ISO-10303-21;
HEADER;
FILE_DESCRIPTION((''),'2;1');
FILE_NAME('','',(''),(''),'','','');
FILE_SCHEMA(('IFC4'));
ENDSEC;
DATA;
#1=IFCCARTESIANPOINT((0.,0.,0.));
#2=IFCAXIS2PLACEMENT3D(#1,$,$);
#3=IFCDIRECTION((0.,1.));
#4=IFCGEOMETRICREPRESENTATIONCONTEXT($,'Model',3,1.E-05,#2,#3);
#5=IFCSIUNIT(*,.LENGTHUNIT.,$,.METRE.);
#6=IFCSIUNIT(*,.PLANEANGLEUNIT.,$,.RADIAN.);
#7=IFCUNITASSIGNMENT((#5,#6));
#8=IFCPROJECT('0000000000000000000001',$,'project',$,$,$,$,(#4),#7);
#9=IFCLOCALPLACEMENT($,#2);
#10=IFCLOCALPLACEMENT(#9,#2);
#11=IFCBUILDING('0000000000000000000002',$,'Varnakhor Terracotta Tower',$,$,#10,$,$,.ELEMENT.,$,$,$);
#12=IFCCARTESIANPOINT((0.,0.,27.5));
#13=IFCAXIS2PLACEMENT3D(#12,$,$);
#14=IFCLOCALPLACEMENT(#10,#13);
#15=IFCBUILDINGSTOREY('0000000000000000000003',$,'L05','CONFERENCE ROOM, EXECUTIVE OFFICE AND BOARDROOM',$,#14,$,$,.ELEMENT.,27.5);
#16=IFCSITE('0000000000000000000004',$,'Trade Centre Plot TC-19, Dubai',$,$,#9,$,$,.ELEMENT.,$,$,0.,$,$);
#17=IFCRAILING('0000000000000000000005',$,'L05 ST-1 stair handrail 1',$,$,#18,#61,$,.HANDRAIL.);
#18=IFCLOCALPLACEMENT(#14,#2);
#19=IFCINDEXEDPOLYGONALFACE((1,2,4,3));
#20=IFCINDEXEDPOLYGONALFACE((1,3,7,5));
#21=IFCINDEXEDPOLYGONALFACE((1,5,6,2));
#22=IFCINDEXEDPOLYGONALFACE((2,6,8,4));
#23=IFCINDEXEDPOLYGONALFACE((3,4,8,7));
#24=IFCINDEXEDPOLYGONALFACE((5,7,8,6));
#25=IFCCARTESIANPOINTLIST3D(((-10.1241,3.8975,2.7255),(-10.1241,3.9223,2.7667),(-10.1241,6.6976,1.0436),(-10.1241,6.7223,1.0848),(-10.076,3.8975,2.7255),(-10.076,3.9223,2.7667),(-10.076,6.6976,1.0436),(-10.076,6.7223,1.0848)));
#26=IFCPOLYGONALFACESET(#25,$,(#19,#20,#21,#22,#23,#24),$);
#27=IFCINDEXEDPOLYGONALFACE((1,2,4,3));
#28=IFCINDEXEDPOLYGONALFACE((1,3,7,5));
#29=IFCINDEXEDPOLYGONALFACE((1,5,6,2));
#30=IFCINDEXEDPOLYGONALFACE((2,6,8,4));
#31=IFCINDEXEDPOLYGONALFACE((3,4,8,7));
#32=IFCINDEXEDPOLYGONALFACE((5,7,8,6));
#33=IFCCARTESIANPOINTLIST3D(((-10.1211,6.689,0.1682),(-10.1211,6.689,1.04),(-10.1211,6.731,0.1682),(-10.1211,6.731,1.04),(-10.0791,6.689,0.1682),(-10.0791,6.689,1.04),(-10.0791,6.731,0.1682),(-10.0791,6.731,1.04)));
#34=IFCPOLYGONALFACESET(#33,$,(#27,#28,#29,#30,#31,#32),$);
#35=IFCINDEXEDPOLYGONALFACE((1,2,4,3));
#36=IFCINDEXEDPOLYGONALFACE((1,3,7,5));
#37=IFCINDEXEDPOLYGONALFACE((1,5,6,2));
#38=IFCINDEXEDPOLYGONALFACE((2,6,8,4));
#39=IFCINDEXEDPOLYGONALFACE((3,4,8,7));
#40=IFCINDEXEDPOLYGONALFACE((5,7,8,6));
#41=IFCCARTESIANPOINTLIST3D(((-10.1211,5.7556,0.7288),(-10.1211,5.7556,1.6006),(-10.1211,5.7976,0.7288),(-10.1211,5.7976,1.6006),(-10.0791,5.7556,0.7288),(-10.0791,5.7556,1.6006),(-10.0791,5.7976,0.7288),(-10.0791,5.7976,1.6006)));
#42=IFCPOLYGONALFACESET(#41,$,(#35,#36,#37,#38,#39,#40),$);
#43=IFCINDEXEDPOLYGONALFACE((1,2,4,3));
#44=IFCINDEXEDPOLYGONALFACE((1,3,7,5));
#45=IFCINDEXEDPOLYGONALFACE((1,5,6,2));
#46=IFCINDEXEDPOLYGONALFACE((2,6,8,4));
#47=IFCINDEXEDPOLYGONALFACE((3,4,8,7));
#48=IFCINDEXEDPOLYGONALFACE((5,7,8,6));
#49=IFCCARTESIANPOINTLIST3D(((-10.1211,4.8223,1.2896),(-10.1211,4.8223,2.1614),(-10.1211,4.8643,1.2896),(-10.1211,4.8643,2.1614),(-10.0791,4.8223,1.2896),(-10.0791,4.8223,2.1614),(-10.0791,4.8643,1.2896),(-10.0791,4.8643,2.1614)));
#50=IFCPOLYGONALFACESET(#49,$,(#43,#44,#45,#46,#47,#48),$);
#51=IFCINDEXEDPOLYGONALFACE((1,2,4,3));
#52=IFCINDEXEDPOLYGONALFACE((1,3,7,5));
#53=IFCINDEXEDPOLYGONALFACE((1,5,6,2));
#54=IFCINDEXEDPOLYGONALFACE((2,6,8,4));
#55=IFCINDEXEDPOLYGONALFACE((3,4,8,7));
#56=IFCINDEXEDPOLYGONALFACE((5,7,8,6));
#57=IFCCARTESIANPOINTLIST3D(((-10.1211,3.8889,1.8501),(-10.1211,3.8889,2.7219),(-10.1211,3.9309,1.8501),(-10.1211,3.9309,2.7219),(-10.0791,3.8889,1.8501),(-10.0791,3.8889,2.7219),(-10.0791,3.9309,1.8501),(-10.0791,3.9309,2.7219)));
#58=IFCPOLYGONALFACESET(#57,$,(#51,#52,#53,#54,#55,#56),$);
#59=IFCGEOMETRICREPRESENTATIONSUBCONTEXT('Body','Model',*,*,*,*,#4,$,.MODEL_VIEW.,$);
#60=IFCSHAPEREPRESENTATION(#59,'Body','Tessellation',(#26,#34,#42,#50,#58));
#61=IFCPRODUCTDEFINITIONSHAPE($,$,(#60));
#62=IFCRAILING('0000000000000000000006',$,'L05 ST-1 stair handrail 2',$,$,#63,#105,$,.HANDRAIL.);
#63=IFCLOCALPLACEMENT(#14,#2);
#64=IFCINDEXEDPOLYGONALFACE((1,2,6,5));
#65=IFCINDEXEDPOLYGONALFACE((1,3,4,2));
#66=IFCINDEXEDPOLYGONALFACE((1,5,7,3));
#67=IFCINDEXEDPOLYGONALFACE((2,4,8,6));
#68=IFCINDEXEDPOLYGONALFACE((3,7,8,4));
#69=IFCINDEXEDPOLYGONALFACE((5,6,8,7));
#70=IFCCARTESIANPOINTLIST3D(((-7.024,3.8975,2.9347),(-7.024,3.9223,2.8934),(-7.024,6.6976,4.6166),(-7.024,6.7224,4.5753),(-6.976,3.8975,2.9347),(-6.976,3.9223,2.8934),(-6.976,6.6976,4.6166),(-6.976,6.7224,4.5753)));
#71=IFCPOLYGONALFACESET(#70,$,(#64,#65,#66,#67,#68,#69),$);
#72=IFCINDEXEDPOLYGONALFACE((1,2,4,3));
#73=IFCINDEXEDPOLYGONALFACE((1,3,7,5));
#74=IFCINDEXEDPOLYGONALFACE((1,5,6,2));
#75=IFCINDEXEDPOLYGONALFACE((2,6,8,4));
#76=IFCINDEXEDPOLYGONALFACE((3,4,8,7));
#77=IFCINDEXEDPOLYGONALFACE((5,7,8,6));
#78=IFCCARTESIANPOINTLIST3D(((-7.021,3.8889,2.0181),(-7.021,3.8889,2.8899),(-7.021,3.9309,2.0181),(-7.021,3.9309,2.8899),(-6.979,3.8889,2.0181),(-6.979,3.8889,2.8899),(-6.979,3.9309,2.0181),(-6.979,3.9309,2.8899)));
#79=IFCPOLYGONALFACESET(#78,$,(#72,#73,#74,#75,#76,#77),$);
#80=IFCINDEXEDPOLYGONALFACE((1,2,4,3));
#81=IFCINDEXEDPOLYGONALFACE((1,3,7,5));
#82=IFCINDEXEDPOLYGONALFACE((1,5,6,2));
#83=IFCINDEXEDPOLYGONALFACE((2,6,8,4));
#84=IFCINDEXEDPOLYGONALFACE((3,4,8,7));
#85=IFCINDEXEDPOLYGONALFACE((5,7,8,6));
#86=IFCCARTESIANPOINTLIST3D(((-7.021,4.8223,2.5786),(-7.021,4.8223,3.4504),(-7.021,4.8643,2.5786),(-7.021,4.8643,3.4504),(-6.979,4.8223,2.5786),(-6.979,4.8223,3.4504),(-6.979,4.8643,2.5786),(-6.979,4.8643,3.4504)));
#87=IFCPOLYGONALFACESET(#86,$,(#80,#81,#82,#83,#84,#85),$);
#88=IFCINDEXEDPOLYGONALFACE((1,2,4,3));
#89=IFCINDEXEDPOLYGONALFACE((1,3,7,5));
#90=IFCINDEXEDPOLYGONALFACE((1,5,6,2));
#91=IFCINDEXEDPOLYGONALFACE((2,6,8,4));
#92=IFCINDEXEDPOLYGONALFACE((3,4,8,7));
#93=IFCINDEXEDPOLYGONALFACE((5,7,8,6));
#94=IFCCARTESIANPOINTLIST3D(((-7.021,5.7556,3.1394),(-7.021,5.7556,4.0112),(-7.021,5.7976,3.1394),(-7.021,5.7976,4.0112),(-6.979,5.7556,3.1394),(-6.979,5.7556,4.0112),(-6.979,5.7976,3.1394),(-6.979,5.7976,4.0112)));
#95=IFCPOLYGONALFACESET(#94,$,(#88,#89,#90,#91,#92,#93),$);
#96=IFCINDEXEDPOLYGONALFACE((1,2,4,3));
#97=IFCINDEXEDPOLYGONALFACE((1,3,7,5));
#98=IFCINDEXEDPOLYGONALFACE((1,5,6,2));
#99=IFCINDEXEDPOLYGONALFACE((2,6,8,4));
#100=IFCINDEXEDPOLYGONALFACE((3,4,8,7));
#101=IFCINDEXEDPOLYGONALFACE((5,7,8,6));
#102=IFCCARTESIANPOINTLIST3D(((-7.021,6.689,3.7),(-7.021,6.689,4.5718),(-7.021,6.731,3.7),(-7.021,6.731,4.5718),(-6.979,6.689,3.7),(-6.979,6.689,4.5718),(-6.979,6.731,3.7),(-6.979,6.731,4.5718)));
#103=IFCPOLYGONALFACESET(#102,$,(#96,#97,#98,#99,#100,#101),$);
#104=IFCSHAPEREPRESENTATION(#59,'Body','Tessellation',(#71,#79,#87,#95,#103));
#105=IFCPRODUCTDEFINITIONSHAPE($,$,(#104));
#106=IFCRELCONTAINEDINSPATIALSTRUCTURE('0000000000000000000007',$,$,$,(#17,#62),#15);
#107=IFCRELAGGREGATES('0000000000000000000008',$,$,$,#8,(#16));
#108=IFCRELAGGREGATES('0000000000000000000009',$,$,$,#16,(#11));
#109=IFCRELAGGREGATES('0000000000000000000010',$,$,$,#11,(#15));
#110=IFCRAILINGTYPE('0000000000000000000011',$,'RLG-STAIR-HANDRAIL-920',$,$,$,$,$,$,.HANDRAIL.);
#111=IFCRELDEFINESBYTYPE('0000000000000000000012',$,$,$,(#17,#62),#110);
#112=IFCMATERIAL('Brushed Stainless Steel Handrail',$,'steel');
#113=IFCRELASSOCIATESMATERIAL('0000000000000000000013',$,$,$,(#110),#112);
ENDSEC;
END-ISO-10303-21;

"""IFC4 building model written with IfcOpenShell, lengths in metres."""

from ifc_helpers import new_model, si_unit, direction, frame, origin, origin_2d, place, context, subcontext, project, spatial, rectangle, extrude, material, type_object, element, save


model = new_model("IFC4")

# Units and contexts
model_context = context("Model", 3, precision=1e-05, world=origin(), true_north=direction((0.0, 1.0)))
body_context = subcontext(model_context, "Body", "Model", "MODEL_VIEW")
ifc_project = project(units=[si_unit("LENGTHUNIT", "METRE"), si_unit("PLANEANGLEUNIT", "RADIAN")], contexts=[model_context])

# Site, building, storey
site_placement = place(None, origin())
site = spatial("IfcSite", under=ifc_project, at=site_placement, Name="Trade Centre Plot TC-19, Dubai", CompositionType="ELEMENT", RefElevation=0.0)
building_placement = place(site_placement, origin())
building = spatial("IfcBuilding", under=site, at=building_placement, Name="Varnakhor Terracotta Tower", CompositionType="ELEMENT")
storey_placement = place(building_placement, frame((0.0, 0.0, 27.5)))
storey = spatial("IfcBuildingStorey", under=building, at=storey_placement, Name="L05", Description="CONFERENCE ROOM, EXECUTIVE OFFICE AND BOARDROOM", CompositionType="ELEMENT", Elevation=27.5)

# Railings
ifc_material_1 = material(Name="Brushed Stainless Steel Handrail", Category="steel")
railing_type_1 = type_object("IfcRailingType", Name="RLG-STAIR-HANDRAIL-920", PredefinedType="HANDRAIL", material=ifc_material_1)
railing_1_placement = place(storey_placement, frame((-10.1001, 6.71, 0.1682)))
element("IfcRailing", 1, at=railing_1_placement, inside=storey, type_object=railing_type_1, Name="L05 ST-1 stair handrail 1", PredefinedType="HANDRAIL", context=body_context, shape_type="SweptSolid", body=[
    extrude(rectangle(XDim=0.0481, YDim=0.0481, at=origin_2d()), frame((0.0, 0.0, 0.896), z_axis=(0.0, -0.857242, 0.514913), x_axis=(1.0, 0.0, 0.0)), (0.0, 0.0, 1.0), 3.2664),
    extrude(rectangle(XDim=0.042, YDim=0.042, at=origin_2d()), origin(), (0.0, 0.0, 1.0), 0.8718),
    extrude(rectangle(XDim=0.042, YDim=0.042, at=origin_2d()), frame((0.0, -0.9333, 0.5605)), (0.0, 0.0, 1.0), 0.8718),
    extrude(rectangle(XDim=0.042, YDim=0.042, at=origin_2d()), frame((0.0, -1.8667, 1.1213)), (0.0, 0.0, 1.0), 0.8718),
    extrude(rectangle(XDim=0.042, YDim=0.042, at=origin_2d()), frame((0.0, -2.8, 1.6819)), (0.0, 0.0, 1.0), 0.8718),
])
railing_2_placement = place(storey_placement, frame((-7.0, 3.9099, 2.0181)))
element("IfcRailing", 2, at=railing_2_placement, inside=storey, type_object=railing_type_1, Name="L05 ST-1 stair handrail 2", PredefinedType="HANDRAIL", context=body_context, shape_type="SweptSolid", body=[
    extrude(rectangle(XDim=0.0481, YDim=0.0481, at=origin_2d()), frame((0.0, 0.0, 0.896), z_axis=(0.0, 0.857242, 0.514913), x_axis=(-1.0, 0.0, 0.0)), (0.0, 0.0, 1.0), 3.2664),
    extrude(rectangle(XDim=0.042, YDim=0.042, at=origin_2d()), origin(), (0.0, 0.0, 1.0), 0.8718),
    extrude(rectangle(XDim=0.042, YDim=0.042, at=origin_2d()), frame((0.0, 0.9333, 0.5605)), (0.0, 0.0, 1.0), 0.8718),
    extrude(rectangle(XDim=0.042, YDim=0.042, at=origin_2d()), frame((0.0, 1.8667, 1.1213)), (0.0, 0.0, 1.0), 0.8718),
    extrude(rectangle(XDim=0.042, YDim=0.042, at=origin_2d()), frame((0.0, 2.8, 1.6819)), (0.0, 0.0, 1.0), 0.8718),
])

save(model, "model.ifc")
